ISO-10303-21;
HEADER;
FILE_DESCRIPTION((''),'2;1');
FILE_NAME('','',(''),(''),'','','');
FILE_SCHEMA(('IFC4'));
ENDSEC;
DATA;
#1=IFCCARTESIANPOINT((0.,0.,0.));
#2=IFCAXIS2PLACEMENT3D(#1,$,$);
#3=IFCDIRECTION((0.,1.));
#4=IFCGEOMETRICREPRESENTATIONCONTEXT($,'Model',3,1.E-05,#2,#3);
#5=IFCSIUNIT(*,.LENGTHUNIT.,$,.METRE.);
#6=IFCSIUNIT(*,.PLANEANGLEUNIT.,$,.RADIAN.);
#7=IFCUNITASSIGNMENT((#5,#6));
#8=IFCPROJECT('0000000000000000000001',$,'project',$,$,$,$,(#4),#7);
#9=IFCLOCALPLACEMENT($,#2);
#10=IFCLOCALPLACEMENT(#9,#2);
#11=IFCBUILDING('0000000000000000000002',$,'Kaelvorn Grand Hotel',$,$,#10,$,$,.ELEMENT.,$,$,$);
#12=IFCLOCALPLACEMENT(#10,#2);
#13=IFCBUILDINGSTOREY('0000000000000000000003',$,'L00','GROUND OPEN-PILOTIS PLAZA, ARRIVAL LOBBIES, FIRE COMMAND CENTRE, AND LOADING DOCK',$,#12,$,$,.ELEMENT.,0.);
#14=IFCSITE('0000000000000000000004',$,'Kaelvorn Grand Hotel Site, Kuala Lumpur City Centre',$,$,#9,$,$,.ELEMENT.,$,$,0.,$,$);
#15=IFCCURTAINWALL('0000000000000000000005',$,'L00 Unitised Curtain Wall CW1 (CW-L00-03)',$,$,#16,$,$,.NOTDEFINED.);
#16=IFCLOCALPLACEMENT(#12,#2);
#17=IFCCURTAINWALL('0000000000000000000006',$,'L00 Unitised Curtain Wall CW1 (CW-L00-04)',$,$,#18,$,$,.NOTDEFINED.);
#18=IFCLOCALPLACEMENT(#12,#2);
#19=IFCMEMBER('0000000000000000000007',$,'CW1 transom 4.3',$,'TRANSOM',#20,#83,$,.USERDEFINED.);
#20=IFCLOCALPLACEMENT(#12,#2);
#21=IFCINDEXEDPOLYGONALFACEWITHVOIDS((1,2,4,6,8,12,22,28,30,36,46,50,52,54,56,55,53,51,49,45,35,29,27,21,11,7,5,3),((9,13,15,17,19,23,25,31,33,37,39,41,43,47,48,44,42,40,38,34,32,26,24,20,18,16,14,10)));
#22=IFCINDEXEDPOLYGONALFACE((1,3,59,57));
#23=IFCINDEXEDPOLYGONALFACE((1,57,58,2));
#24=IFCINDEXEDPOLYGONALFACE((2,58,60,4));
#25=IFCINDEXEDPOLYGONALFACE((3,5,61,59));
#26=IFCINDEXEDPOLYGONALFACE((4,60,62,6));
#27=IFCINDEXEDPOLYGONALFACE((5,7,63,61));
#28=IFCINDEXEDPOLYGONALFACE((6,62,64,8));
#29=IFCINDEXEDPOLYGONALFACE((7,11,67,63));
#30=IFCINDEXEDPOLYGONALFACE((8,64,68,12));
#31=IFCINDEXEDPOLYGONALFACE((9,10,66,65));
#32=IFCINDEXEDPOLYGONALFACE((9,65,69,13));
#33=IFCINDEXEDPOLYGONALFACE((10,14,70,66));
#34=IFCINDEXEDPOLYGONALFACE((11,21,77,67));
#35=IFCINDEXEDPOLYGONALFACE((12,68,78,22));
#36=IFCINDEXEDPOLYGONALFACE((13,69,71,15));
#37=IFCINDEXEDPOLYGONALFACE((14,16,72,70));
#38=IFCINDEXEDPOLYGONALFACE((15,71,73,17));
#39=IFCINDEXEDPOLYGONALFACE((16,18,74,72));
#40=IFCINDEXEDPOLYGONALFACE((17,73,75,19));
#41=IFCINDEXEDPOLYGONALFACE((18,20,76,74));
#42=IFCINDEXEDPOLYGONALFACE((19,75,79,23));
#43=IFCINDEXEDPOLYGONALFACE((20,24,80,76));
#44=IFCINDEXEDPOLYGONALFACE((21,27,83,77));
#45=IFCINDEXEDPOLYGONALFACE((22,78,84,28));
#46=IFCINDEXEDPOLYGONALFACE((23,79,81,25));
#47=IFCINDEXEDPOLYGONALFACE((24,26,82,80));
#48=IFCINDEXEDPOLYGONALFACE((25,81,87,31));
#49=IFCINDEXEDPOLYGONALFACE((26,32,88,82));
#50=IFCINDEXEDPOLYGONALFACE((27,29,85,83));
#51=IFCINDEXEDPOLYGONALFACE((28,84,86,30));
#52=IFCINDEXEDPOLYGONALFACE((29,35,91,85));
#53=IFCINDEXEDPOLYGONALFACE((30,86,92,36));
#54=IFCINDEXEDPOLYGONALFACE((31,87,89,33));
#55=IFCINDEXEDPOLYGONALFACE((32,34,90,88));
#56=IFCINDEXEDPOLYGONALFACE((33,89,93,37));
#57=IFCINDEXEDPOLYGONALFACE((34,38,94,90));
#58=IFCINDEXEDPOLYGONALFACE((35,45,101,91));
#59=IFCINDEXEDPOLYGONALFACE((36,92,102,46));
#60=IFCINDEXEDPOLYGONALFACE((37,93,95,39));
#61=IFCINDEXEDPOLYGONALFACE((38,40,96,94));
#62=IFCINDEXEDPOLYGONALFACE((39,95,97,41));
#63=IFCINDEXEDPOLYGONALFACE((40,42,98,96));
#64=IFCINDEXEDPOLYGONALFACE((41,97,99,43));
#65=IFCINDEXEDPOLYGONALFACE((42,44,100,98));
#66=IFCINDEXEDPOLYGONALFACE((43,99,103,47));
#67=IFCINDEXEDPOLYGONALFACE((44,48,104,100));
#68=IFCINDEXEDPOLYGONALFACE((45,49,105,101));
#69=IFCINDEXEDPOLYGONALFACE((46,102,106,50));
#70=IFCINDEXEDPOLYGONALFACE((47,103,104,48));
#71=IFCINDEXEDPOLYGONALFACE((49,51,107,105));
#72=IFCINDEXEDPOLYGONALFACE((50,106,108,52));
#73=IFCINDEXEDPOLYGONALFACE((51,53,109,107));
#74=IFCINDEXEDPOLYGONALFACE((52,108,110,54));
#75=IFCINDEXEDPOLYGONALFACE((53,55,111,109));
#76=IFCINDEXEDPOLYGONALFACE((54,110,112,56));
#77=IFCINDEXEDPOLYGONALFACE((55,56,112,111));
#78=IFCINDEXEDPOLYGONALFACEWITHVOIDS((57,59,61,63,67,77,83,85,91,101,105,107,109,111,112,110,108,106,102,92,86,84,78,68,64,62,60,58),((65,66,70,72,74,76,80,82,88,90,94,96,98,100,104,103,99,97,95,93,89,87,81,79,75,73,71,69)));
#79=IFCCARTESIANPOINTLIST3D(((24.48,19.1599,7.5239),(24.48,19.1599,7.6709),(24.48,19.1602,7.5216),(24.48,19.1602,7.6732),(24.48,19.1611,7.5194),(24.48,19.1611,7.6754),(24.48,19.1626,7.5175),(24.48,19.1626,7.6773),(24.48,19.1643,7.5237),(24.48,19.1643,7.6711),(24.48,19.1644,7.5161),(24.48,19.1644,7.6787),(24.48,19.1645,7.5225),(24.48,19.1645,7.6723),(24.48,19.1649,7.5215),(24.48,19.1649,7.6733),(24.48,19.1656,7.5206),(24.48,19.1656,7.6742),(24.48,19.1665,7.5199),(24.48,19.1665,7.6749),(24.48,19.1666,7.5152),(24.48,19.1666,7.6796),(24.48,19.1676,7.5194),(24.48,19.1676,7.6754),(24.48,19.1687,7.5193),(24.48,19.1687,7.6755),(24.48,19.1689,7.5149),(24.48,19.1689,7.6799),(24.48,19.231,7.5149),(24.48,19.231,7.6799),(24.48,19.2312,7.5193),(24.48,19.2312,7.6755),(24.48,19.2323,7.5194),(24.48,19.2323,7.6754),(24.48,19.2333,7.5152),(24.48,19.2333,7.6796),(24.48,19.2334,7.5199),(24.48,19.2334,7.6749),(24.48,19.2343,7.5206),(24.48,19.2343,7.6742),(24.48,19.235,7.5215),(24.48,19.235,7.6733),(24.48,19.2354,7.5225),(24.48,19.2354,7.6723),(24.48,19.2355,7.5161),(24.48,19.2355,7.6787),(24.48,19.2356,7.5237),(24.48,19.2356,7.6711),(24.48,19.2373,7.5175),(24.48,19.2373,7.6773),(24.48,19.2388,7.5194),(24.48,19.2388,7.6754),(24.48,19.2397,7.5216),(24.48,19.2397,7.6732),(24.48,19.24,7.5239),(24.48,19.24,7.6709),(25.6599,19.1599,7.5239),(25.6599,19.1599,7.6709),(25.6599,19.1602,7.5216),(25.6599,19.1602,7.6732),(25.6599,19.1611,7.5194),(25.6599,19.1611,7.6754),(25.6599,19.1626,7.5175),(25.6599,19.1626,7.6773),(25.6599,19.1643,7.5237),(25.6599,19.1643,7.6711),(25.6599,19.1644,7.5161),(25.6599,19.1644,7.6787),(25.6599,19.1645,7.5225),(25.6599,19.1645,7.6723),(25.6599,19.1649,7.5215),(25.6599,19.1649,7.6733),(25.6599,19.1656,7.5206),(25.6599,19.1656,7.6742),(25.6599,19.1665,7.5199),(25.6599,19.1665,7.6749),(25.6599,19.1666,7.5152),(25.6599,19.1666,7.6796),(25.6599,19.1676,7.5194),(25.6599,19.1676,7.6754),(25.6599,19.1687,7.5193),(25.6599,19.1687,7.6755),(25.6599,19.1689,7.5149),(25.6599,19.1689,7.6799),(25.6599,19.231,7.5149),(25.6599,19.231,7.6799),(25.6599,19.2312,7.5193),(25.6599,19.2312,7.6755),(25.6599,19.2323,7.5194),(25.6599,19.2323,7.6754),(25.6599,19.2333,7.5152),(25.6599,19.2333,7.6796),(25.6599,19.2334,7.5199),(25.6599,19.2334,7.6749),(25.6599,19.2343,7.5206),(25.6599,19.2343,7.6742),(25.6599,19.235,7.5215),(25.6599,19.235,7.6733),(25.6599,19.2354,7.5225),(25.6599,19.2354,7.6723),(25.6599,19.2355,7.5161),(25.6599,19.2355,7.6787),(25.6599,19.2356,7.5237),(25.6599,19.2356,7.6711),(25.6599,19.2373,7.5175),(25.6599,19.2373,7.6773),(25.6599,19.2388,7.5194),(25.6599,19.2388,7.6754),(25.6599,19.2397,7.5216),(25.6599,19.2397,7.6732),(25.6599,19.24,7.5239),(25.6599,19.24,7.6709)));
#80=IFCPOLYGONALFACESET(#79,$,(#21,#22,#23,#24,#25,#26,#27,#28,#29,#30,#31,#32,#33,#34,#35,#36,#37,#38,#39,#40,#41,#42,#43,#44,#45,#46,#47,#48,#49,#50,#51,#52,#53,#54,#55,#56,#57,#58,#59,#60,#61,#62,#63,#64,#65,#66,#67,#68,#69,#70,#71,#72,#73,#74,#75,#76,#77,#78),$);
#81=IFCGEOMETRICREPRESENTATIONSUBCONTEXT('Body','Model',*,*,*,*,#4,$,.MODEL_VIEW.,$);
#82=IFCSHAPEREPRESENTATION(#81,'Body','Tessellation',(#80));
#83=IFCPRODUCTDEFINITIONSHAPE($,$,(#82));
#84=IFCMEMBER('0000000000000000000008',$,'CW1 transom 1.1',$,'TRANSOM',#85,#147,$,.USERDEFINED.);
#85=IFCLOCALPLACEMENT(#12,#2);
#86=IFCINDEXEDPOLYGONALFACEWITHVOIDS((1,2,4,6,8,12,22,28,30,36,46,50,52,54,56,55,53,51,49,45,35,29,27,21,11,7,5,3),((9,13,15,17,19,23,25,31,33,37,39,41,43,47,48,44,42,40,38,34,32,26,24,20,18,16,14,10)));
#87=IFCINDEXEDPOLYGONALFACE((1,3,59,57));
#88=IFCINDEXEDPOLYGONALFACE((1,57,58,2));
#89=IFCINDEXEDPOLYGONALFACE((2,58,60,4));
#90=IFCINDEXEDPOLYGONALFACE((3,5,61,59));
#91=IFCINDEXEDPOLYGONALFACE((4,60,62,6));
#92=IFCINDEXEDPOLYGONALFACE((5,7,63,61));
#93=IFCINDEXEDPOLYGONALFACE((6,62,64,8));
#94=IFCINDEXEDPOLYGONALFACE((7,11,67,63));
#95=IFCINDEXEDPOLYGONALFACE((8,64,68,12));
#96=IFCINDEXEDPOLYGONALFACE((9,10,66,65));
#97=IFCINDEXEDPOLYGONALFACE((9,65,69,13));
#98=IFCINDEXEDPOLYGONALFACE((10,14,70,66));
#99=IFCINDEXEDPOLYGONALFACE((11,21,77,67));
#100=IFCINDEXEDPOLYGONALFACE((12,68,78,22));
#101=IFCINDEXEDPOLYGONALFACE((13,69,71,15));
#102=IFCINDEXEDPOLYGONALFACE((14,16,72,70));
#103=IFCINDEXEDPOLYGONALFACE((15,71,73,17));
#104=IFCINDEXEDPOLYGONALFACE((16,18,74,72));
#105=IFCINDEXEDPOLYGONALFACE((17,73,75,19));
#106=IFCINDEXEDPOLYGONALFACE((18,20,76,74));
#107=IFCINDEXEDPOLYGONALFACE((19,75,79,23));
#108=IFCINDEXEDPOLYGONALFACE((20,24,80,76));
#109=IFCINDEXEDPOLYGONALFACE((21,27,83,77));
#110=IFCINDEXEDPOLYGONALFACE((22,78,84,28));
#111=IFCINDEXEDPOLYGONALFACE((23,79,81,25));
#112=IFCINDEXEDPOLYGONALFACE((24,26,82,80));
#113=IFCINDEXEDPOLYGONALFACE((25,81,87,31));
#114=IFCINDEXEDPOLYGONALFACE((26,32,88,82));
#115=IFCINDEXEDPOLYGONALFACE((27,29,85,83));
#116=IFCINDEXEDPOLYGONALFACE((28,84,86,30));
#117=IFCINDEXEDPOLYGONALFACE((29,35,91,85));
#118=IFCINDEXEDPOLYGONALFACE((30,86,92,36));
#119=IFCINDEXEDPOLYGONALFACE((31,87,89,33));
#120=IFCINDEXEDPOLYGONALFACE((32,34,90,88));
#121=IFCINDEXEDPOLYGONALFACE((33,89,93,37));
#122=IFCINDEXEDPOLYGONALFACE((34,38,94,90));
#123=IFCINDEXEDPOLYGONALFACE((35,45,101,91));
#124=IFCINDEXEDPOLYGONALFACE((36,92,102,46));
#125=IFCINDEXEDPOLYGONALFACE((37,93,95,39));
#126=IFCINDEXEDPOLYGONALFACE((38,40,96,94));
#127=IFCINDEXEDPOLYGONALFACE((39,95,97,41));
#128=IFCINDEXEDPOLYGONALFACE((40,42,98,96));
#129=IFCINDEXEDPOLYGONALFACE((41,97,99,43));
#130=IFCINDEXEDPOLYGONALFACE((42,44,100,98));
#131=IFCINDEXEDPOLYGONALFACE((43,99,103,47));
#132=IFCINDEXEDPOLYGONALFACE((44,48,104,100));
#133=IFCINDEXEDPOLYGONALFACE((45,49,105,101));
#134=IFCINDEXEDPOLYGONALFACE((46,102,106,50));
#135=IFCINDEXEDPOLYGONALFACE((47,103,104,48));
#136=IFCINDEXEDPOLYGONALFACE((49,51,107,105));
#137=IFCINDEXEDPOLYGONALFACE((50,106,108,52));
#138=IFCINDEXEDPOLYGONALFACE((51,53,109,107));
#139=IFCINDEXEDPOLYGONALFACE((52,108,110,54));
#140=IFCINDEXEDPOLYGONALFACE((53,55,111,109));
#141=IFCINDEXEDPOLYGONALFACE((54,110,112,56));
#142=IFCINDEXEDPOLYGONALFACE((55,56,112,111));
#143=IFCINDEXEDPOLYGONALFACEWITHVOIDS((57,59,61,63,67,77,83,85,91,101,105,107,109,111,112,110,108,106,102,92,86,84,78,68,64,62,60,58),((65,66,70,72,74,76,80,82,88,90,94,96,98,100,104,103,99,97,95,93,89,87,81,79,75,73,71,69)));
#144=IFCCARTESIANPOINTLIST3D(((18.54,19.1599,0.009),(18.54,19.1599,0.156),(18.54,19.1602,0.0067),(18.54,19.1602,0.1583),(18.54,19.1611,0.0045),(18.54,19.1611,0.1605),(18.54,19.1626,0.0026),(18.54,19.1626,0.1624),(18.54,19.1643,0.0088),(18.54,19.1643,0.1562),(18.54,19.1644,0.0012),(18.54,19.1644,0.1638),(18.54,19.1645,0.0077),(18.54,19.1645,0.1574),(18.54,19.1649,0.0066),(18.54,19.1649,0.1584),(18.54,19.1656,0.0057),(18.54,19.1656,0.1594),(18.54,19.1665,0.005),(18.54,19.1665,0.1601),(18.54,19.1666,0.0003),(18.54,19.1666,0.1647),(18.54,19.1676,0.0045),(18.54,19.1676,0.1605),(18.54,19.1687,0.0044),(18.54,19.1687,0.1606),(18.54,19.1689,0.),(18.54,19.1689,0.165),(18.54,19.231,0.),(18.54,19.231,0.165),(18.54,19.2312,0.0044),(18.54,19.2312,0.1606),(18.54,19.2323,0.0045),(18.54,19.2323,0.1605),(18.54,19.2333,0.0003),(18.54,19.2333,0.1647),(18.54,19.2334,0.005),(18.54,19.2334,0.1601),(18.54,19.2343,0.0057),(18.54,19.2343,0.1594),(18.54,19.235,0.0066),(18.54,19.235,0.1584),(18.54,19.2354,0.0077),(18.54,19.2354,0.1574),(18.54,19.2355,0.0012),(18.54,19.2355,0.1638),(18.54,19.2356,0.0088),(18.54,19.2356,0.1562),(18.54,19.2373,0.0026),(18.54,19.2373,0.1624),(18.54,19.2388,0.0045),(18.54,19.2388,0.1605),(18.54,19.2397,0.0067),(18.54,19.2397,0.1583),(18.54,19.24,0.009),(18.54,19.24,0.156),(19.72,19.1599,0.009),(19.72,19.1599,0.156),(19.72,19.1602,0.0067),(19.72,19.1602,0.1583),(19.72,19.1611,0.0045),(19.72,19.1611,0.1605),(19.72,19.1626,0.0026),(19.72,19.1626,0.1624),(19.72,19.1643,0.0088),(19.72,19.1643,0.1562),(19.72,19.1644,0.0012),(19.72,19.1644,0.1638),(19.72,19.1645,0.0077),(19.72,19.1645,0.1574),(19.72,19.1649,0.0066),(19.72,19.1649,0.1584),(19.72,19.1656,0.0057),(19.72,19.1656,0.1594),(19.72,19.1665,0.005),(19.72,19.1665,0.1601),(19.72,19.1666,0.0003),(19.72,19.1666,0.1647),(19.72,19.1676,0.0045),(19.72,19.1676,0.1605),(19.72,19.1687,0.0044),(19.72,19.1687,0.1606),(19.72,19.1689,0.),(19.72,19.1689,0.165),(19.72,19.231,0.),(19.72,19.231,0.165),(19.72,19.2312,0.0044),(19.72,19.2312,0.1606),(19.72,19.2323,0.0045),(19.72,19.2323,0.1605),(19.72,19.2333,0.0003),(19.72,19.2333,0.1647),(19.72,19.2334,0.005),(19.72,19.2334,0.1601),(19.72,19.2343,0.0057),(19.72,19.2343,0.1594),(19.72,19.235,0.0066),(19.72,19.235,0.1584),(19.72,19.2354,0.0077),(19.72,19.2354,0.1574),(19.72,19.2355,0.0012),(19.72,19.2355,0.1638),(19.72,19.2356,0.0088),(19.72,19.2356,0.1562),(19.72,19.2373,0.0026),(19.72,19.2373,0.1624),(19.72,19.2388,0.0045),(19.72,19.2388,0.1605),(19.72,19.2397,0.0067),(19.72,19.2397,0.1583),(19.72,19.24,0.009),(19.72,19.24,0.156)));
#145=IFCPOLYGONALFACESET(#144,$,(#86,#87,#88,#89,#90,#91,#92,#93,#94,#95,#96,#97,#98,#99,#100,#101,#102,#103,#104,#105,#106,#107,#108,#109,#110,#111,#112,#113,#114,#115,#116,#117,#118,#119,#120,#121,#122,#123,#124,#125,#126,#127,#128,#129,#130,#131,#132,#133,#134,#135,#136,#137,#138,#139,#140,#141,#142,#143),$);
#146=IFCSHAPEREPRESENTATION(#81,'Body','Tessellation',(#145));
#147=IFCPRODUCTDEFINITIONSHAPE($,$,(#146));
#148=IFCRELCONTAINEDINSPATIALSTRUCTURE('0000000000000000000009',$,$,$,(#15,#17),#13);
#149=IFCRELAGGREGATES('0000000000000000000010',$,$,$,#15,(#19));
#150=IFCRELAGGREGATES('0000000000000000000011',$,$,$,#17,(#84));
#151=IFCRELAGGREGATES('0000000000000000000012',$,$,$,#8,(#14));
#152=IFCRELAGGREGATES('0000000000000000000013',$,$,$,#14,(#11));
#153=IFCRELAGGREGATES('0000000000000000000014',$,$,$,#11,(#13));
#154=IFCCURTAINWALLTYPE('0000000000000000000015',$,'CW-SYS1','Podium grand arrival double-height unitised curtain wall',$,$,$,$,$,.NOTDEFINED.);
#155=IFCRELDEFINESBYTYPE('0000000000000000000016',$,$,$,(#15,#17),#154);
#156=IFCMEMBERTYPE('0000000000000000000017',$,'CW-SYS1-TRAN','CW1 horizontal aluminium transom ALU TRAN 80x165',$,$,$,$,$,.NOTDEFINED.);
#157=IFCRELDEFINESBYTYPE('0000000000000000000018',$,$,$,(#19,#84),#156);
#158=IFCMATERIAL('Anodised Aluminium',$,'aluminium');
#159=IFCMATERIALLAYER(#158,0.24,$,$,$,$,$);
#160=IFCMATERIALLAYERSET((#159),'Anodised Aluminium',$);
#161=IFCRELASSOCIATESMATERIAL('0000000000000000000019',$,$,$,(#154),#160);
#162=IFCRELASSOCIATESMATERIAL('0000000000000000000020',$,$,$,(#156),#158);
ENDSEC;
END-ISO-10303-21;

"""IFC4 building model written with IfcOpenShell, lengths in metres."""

from ifc_helpers import new_model, si_unit, direction, frame, origin, origin_2d, place, context, subcontext, project, spatial, hollow_rectangle, extrude, material, layer, layer_set, material_profile, profile_set, type_object, element, aggregate, save


model = new_model("IFC4")

# Units and contexts
model_context = context("Model", 3, precision=1e-05, world=origin(), true_north=direction((0.0, 1.0)))
body_context = subcontext(model_context, "Body", "Model", "MODEL_VIEW")
ifc_project = project(units=[si_unit("LENGTHUNIT", "METRE"), si_unit("PLANEANGLEUNIT", "RADIAN")], contexts=[model_context])

# Site, building, storey
site_placement = place(None, origin())
site = spatial("IfcSite", under=ifc_project, at=site_placement, Name="Kaelvorn Grand Hotel Site, Kuala Lumpur City Centre", CompositionType="ELEMENT", RefElevation=0.0)
building_placement = place(site_placement, origin())
building = spatial("IfcBuilding", under=site, at=building_placement, Name="Kaelvorn Grand Hotel", CompositionType="ELEMENT")
storey_placement = place(building_placement, origin())
storey = spatial("IfcBuildingStorey", under=building, at=storey_placement, Name="L00", Description="GROUND OPEN-PILOTIS PLAZA, ARRIVAL LOBBIES, FIRE COMMAND CENTRE, AND LOADING DOCK", CompositionType="ELEMENT", Elevation=0.0)

# Curtain wall
ifc_material_1 = material(Name="Anodised Aluminium", Category="aluminium")
ifc_layer_1 = layer(ifc_material_1, 0.24)
ifc_layer_set_1 = layer_set([ifc_layer_1], Name="Anodised Aluminium")
curtain_wall_type = type_object("IfcCurtainWallType", Name="CW-SYS1", Description="Podium grand arrival double-height unitised curtain wall", PredefinedType="NOTDEFINED", material=ifc_layer_set_1)
curtain_wall_1_placement = place(storey_placement, origin())
curtain_wall_1 = element("IfcCurtainWall", 1, at=curtain_wall_1_placement, inside=storey, type_object=curtain_wall_type, Name="L00 Unitised Curtain Wall CW1 (CW-L00-03)", PredefinedType="NOTDEFINED")

# Curtain wall
curtain_wall_2_placement = place(storey_placement, origin())
curtain_wall_2 = element("IfcCurtainWall", 2, at=curtain_wall_2_placement, inside=storey, type_object=curtain_wall_type, Name="L00 Unitised Curtain Wall CW1 (CW-L00-04)", PredefinedType="NOTDEFINED")

# Members
ifc_material_profile_1 = material_profile(ifc_material_1, hollow_rectangle(XDim=0.0801, YDim=0.165, WallThickness=0.0044, InnerFilletRadius=0.0044, OuterFilletRadius=0.009, at=origin_2d()), Name="ALU TRAN 80x165")
ifc_profile_set_1 = profile_set([ifc_material_profile_1], Name="Anodised Aluminium")
member_type_1 = type_object("IfcMemberType", Name="CW-SYS1-TRAN", Description="CW1 horizontal aluminium transom ALU TRAN 80x165", PredefinedType="NOTDEFINED", material=ifc_profile_set_1)
member_1_placement = place(storey_placement, frame((25.6599, 19.2, 7.5974), z_axis=(-1.0, 0.0, 0.0), x_axis=(0.0, -1.0, 0.0)))
member_1 = element("IfcMember", 3, at=member_1_placement, type_object=member_type_1, Name="CW1 transom 4.3", ObjectType="TRANSOM", PredefinedType="USERDEFINED", context=body_context, shape_type="SweptSolid", body=[
    extrude(hollow_rectangle(XDim=0.0801, YDim=0.165, WallThickness=0.0044, InnerFilletRadius=0.0044, OuterFilletRadius=0.009, at=origin_2d()), origin(), (0.0, 0.0, 1.0), 1.1799),
])
member_2_placement = place(storey_placement, frame((19.72, 19.2, 0.0825), z_axis=(-1.0, 0.0, 0.0), x_axis=(0.0, -1.0, 0.0)))
member_2 = element("IfcMember", 4, at=member_2_placement, type_object=member_type_1, Name="CW1 transom 1.1", ObjectType="TRANSOM", PredefinedType="USERDEFINED", context=body_context, shape_type="SweptSolid", body=[
    extrude(hollow_rectangle(XDim=0.0801, YDim=0.165, WallThickness=0.0044, InnerFilletRadius=0.0044, OuterFilletRadius=0.009, at=origin_2d()), origin(), (0.0, 0.0, 1.0), 1.1799),
])

aggregate(curtain_wall_1, [member_1])
aggregate(curtain_wall_2, [member_2])

save(model, "model.ifc")
